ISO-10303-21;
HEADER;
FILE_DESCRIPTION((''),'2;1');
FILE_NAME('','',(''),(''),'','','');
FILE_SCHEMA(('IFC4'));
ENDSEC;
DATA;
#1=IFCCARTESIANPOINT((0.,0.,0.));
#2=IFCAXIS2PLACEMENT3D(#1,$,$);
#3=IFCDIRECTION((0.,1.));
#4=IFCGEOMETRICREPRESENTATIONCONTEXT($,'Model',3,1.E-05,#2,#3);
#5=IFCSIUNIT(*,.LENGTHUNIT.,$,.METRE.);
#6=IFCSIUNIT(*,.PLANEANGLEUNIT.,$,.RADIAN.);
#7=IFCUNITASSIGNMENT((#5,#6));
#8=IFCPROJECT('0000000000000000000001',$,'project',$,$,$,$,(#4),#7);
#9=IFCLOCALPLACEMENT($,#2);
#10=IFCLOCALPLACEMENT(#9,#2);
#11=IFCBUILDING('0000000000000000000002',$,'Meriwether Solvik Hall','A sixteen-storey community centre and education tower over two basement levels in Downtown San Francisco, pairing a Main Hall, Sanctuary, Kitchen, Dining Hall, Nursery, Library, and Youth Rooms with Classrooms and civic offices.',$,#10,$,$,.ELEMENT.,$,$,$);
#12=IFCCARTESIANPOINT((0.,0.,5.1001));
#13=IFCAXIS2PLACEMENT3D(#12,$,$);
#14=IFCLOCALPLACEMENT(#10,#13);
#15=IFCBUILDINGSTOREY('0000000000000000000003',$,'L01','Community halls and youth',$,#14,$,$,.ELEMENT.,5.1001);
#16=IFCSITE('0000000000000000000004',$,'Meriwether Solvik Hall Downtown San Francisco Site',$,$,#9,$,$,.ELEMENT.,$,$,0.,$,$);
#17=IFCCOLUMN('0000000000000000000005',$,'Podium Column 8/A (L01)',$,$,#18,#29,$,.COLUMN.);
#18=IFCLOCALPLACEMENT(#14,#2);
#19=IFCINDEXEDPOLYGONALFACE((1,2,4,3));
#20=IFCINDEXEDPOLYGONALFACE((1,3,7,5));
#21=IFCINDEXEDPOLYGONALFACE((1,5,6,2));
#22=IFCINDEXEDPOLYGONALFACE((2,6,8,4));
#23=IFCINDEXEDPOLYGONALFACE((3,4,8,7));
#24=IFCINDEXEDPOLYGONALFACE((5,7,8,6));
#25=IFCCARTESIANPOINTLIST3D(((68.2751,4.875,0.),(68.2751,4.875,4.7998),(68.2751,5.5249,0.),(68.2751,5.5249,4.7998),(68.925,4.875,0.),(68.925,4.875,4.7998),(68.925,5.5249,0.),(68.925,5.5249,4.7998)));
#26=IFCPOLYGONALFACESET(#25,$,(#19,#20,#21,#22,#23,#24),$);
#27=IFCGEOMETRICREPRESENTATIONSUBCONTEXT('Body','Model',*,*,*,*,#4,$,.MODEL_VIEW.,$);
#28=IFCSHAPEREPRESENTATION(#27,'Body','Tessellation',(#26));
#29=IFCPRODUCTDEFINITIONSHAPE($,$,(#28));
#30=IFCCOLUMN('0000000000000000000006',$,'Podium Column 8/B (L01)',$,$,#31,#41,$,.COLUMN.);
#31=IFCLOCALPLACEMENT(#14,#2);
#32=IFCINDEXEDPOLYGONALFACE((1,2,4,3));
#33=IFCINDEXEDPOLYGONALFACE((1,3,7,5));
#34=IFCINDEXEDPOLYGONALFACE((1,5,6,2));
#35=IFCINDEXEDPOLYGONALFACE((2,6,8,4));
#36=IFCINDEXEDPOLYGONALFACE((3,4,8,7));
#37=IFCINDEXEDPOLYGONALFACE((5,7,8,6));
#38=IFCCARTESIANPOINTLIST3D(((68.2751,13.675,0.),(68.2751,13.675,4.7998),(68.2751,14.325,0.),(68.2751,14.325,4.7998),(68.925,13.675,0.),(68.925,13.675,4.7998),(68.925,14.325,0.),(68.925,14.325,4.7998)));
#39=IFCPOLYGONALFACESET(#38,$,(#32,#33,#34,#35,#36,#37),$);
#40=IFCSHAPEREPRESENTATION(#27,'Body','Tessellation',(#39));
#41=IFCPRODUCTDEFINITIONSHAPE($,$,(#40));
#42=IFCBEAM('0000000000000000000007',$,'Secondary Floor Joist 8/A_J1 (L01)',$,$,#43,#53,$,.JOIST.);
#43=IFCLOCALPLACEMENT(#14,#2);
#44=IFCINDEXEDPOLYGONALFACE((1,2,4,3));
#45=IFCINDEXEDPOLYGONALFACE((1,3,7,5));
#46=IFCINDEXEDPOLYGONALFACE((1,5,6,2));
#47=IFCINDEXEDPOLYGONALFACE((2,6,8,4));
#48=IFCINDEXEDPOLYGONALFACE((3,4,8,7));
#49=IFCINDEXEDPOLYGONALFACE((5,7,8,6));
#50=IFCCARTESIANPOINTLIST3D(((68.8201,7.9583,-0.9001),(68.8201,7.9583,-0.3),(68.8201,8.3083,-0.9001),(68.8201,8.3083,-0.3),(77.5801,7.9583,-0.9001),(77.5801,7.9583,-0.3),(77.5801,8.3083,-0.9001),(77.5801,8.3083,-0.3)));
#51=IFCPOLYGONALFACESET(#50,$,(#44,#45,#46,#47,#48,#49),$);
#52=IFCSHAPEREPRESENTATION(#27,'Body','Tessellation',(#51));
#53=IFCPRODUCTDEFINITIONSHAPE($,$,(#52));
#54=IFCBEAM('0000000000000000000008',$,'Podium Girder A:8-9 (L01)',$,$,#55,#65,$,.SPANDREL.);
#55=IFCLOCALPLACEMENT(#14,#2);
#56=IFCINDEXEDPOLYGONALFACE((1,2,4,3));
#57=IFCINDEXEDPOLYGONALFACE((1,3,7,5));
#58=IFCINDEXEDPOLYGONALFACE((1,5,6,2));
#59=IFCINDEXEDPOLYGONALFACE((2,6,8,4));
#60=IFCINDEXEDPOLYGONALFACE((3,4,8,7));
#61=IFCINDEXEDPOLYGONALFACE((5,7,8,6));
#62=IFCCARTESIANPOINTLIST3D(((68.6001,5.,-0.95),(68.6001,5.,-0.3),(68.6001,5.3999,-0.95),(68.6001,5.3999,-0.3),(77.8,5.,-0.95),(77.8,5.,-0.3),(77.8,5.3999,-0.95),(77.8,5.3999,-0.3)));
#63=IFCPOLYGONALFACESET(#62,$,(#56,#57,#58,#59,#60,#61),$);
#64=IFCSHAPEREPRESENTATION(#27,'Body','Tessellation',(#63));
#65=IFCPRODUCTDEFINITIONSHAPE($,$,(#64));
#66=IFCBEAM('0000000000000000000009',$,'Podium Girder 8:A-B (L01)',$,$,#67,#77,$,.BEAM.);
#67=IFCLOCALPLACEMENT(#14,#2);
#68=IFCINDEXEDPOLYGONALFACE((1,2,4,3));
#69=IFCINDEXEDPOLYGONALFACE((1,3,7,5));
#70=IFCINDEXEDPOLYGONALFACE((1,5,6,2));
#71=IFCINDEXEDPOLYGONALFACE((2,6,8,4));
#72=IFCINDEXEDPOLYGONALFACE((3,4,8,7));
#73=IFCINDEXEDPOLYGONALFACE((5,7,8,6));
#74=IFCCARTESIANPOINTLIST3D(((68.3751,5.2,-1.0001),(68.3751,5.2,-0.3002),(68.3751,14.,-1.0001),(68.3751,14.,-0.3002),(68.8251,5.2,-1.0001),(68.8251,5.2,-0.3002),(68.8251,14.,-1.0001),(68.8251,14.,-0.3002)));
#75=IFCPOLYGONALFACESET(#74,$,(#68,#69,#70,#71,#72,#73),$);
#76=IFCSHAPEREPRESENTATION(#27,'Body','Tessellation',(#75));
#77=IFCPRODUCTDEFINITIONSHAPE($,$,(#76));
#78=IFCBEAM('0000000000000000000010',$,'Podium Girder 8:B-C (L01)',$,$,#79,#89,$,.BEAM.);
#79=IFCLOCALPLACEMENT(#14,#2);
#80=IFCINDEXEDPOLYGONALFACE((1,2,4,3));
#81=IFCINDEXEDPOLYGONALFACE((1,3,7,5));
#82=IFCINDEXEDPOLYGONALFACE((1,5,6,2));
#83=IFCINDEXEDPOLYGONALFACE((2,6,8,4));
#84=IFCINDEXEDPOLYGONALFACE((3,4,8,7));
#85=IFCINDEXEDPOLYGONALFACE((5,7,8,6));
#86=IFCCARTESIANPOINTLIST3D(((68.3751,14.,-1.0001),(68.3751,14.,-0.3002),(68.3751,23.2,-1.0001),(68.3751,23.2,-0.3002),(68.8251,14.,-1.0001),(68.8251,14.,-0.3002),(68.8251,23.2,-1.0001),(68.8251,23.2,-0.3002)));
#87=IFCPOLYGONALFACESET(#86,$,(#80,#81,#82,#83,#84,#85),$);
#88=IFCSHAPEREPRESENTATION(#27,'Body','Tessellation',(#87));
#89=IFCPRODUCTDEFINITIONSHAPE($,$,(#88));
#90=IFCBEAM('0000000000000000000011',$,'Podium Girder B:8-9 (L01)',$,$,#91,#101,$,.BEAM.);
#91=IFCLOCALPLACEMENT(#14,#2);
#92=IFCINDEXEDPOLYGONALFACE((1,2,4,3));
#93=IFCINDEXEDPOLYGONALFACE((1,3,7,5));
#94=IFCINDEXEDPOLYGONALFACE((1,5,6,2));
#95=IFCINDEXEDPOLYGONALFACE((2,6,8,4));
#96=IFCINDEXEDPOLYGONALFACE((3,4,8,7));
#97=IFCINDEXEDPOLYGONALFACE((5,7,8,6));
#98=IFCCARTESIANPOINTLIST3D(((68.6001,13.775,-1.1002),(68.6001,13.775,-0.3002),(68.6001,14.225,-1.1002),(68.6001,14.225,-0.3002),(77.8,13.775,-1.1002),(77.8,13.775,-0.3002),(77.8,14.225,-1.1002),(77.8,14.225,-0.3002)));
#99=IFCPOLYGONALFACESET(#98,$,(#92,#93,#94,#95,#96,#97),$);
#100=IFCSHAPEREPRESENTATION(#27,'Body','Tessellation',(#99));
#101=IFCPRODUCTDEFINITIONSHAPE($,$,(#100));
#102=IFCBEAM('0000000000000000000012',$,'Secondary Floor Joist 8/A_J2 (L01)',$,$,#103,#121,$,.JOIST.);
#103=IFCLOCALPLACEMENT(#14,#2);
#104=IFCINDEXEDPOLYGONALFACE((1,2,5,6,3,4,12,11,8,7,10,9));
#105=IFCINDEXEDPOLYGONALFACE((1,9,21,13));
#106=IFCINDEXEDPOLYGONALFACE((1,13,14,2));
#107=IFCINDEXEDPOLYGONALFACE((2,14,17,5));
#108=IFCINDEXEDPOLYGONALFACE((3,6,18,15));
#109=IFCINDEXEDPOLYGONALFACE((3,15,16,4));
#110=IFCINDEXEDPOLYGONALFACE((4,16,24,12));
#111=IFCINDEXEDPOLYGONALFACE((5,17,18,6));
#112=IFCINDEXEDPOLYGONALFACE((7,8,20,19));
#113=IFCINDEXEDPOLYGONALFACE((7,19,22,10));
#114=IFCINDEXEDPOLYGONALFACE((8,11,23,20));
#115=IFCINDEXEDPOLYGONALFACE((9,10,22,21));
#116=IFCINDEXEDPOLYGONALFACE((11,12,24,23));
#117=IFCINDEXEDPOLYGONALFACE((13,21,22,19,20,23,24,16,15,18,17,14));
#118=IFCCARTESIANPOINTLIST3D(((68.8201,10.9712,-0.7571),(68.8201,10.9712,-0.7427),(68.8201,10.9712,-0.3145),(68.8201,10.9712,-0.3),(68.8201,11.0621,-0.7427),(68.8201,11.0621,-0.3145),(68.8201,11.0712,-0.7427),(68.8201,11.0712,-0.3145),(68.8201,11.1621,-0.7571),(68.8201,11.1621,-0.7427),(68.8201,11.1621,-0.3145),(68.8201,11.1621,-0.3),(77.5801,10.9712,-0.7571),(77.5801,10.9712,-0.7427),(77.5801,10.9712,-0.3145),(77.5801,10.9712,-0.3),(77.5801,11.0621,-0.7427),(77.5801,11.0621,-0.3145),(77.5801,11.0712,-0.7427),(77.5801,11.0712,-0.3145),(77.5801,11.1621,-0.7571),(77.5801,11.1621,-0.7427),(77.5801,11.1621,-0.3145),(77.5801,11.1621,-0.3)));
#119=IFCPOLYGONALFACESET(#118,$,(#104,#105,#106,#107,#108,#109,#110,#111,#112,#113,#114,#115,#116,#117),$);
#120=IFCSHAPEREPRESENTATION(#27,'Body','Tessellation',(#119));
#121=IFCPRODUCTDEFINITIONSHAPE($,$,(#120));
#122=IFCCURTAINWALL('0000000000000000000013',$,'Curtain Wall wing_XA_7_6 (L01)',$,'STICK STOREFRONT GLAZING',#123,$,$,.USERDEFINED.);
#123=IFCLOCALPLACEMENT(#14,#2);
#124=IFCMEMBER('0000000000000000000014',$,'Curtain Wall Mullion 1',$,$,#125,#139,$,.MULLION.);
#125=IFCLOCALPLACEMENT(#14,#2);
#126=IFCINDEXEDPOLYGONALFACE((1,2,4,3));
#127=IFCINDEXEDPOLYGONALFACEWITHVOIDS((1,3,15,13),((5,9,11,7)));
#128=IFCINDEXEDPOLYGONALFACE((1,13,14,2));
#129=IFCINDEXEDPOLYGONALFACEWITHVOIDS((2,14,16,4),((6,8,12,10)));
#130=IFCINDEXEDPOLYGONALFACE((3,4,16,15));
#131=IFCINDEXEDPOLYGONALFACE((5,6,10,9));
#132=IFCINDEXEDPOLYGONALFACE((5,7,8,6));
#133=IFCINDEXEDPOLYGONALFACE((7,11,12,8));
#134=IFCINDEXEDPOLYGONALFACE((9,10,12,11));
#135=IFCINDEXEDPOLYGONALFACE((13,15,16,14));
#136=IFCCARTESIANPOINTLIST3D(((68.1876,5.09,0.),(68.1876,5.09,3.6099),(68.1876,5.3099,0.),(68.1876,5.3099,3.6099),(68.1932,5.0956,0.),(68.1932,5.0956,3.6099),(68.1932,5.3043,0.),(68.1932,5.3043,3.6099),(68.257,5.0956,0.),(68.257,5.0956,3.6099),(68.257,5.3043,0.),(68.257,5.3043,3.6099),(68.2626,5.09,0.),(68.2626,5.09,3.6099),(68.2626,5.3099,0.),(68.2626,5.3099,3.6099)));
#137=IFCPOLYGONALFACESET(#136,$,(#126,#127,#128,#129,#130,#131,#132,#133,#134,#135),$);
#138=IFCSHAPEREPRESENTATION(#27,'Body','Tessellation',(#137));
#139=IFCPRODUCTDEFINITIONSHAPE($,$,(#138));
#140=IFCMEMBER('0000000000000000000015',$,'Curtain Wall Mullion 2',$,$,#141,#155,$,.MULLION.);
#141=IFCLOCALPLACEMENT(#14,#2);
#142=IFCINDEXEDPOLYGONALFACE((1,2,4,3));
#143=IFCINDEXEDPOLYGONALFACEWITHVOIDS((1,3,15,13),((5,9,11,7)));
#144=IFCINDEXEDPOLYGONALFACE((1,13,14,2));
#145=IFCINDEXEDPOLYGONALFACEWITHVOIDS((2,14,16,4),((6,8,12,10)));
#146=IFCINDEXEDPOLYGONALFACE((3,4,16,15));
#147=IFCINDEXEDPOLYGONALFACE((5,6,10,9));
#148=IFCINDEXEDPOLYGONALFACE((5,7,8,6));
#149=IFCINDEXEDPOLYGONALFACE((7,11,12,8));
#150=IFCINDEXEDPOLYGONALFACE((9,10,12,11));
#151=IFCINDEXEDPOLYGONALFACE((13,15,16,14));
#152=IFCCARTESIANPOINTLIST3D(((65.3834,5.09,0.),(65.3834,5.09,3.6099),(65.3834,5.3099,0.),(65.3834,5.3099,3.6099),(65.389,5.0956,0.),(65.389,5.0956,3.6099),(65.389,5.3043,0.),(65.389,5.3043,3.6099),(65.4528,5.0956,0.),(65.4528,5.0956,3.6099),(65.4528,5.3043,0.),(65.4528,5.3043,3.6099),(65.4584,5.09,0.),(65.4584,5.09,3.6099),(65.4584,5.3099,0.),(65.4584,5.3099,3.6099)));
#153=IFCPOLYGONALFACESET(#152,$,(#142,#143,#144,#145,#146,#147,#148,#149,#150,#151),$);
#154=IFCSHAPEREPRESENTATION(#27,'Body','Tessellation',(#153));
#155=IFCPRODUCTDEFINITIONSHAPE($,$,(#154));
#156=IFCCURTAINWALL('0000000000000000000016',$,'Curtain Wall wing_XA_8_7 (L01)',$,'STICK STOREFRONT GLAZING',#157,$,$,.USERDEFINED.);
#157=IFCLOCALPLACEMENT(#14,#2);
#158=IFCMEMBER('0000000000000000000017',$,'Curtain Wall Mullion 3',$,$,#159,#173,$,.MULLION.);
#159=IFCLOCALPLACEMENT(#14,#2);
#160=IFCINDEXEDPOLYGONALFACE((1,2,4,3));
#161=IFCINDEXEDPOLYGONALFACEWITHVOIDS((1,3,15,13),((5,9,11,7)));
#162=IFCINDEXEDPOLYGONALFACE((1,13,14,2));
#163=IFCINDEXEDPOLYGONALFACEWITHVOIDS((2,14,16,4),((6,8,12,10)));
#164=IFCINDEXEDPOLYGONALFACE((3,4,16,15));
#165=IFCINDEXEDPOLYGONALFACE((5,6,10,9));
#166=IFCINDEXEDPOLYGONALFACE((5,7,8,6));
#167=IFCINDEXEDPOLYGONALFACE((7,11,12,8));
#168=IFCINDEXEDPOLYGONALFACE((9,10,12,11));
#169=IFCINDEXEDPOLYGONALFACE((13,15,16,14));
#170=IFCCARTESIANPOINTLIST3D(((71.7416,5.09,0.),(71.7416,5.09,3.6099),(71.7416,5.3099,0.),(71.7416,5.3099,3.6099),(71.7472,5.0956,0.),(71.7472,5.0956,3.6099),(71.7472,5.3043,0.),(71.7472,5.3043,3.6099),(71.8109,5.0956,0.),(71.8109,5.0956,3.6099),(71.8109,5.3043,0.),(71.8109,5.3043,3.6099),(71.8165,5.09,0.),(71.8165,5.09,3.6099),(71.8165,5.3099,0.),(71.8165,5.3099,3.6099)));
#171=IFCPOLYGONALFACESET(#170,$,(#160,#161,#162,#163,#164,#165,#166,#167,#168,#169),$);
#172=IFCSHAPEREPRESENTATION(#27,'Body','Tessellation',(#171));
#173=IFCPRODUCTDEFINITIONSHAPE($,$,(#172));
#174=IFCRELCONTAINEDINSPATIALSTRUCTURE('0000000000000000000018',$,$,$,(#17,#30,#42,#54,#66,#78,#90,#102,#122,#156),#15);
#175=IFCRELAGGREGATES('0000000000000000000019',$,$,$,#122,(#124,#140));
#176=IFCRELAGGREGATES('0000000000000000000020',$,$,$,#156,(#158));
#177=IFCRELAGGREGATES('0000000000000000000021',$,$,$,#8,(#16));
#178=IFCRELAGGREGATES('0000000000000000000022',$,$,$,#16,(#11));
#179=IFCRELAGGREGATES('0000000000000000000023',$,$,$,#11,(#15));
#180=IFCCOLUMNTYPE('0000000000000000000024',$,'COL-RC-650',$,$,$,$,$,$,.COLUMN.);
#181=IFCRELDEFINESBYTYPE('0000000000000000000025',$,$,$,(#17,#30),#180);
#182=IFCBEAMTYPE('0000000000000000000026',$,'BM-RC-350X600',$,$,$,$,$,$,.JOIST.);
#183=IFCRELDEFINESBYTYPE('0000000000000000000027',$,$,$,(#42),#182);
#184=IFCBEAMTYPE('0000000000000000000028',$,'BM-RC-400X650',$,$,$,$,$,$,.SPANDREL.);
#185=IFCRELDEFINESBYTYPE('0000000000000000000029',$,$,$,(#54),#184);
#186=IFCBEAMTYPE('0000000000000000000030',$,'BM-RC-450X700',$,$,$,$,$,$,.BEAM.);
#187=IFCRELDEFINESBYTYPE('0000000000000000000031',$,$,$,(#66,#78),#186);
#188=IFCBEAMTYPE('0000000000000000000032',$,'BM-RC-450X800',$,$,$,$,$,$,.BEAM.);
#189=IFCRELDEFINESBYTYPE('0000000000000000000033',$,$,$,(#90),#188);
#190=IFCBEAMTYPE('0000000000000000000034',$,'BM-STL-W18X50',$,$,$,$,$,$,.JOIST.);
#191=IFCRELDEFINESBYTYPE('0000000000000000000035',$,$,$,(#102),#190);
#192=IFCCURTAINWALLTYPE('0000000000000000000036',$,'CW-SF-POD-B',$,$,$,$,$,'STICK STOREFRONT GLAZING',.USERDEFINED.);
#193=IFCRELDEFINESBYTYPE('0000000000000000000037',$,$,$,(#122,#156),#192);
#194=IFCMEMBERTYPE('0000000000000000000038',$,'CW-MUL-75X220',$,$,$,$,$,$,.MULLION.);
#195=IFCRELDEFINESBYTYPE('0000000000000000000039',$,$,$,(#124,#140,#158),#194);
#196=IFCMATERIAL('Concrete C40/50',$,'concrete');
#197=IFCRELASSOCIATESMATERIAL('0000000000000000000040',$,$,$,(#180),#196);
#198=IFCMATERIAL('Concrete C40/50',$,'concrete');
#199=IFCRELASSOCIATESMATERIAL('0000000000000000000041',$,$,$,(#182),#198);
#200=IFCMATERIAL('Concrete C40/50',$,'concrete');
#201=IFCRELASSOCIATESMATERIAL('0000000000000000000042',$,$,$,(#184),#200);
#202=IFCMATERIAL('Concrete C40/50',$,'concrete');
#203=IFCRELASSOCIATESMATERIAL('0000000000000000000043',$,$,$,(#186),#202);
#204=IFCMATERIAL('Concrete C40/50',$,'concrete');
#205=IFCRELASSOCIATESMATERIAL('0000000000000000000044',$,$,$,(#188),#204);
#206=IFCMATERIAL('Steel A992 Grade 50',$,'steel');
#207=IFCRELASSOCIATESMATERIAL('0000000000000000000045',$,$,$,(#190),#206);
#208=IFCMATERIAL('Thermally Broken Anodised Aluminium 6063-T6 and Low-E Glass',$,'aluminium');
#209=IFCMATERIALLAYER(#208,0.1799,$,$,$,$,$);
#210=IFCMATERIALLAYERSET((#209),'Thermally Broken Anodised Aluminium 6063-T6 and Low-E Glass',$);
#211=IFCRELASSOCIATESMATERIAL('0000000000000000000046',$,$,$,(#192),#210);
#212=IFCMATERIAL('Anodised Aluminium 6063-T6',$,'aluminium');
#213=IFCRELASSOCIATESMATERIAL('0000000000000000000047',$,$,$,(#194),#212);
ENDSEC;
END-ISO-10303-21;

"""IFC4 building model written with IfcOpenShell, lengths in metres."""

from ifc_helpers import new_model, si_unit, direction, frame, origin, origin_2d, place, context, subcontext, project, spatial, rectangle, hollow_rectangle, i_section, extrude, material, layer, layer_set, material_profile, profile_set, type_object, element, aggregate, save


model = new_model("IFC4")

# Units and contexts
model_context = context("Model", 3, precision=1e-05, world=origin(), true_north=direction((0.0, 1.0)))
body_context = subcontext(model_context, "Body", "Model", "MODEL_VIEW")
ifc_project = project(units=[si_unit("LENGTHUNIT", "METRE"), si_unit("PLANEANGLEUNIT", "RADIAN")], contexts=[model_context])

# Site, building, storey
site_placement = place(None, origin())
site = spatial("IfcSite", under=ifc_project, at=site_placement, Name="Meriwether Solvik Hall Downtown San Francisco Site", CompositionType="ELEMENT", RefElevation=0.0)
building_placement = place(site_placement, origin())
building = spatial("IfcBuilding", under=site, at=building_placement, Name="Meriwether Solvik Hall", Description="A sixteen-storey community centre and education tower over two basement levels in Downtown San Francisco, pairing a Main Hall, Sanctuary, Kitchen, Dining Hall, Nursery, Library, and Youth Rooms with Classrooms and civic offices.", CompositionType="ELEMENT")
storey_placement = place(building_placement, frame((0.0, 0.0, 5.1001)))
storey = spatial("IfcBuildingStorey", under=building, at=storey_placement, Name="L01", Description="Community halls and youth", CompositionType="ELEMENT", Elevation=5.1001)

# Columns
ifc_material_1 = material(Name="Concrete C40/50", Category="concrete")
ifc_material_profile_1 = material_profile(ifc_material_1, rectangle(XDim=0.6499, YDim=0.6499, at=origin_2d()), Name="RCC-650X650")
ifc_profile_set_1 = profile_set([ifc_material_profile_1], Name="Concrete C40/50")
column_type = type_object("IfcColumnType", Name="COL-RC-650", PredefinedType="COLUMN", material=ifc_profile_set_1)
for number, where, z_axis, x_axis, name in (
    (1, (68.6001, 5.2, 0.0), (0.0, 0.0, 1.0), (1.0, 0.0, 0.0), "Podium Column 8/A (L01)"),
    (2, (68.6001, 14.0, 0.0), (0.0, 0.0, 1.0), (1.0, 0.0, 0.0), "Podium Column 8/B (L01)"),
):
    element("IfcColumn", number, at=place(storey_placement, frame(where, z_axis=z_axis, x_axis=x_axis)), inside=storey, type_object=column_type, Name=name, PredefinedType="COLUMN", context=body_context, shape_type="SweptSolid", body=[
        extrude(rectangle(XDim=0.6499, YDim=0.6499, at=origin_2d()), origin(), (0.0, 0.0, 1.0), 4.7998),
    ])

# Beams
ifc_material_2 = material(Name="Concrete C40/50", Category="concrete")
ifc_material_profile_2 = material_profile(ifc_material_2, rectangle(XDim=0.3501, YDim=0.6001, at=origin_2d()), Name="RCB-350X600")
ifc_profile_set_2 = profile_set([ifc_material_profile_2], Name="Concrete C40/50")
beam_type_1 = type_object("IfcBeamType", Name="BM-RC-350X600", PredefinedType="JOIST", material=ifc_profile_set_2)
beam_1_placement = place(storey_placement, frame((68.8201, 8.1333, -0.6001), z_axis=(1.0, 0.0, 0.0), x_axis=(0.0, 1.0, 0.0)))
element("IfcBeam", 3, at=beam_1_placement, inside=storey, type_object=beam_type_1, Name="Secondary Floor Joist 8/A_J1 (L01)", PredefinedType="JOIST", context=body_context, shape_type="SweptSolid", body=[
    extrude(rectangle(XDim=0.3501, YDim=0.6001, at=origin_2d()), origin(), (0.0, 0.0, 1.0), 8.76),
])
ifc_material_3 = material(Name="Concrete C40/50", Category="concrete")
ifc_material_profile_3 = material_profile(ifc_material_3, rectangle(XDim=0.3999, YDim=0.6499, at=origin_2d()), Name="RCB-400X650")
ifc_profile_set_3 = profile_set([ifc_material_profile_3], Name="Concrete C40/50")
beam_type_2 = type_object("IfcBeamType", Name="BM-RC-400X650", PredefinedType="SPANDREL", material=ifc_profile_set_3)
beam_2_placement = place(storey_placement, frame((68.6001, 5.2, -0.625), z_axis=(1.0, 0.0, 0.0), x_axis=(0.0, 1.0, 0.0)))
element("IfcBeam", 4, at=beam_2_placement, inside=storey, type_object=beam_type_2, Name="Podium Girder A:8-9 (L01)", PredefinedType="SPANDREL", context=body_context, shape_type="SweptSolid", body=[
    extrude(rectangle(XDim=0.3999, YDim=0.6499, at=origin_2d()), origin(), (0.0, 0.0, 1.0), 9.2),
])
ifc_material_4 = material(Name="Concrete C40/50", Category="concrete")
ifc_material_profile_4 = material_profile(ifc_material_4, rectangle(XDim=0.45, YDim=0.7, at=origin_2d()), Name="RCB-450X700")
ifc_profile_set_4 = profile_set([ifc_material_profile_4], Name="Concrete C40/50")
beam_type_3 = type_object("IfcBeamType", Name="BM-RC-450X700", PredefinedType="BEAM", material=ifc_profile_set_4)
beam_3_placement = place(storey_placement, frame((68.6001, 5.2, -0.6501), z_axis=(0.0, 1.0, 0.0), x_axis=(-1.0, 0.0, 0.0)))
element("IfcBeam", 5, at=beam_3_placement, inside=storey, type_object=beam_type_3, Name="Podium Girder 8:A-B (L01)", PredefinedType="BEAM", context=body_context, shape_type="SweptSolid", body=[
    extrude(rectangle(XDim=0.45, YDim=0.7, at=origin_2d()), origin(), (0.0, 0.0, 1.0), 8.8),
])
beam_4_placement = place(storey_placement, frame((68.6001, 14.0, -0.6501), z_axis=(0.0, 1.0, 0.0), x_axis=(-1.0, 0.0, 0.0)))
element("IfcBeam", 6, at=beam_4_placement, inside=storey, type_object=beam_type_3, Name="Podium Girder 8:B-C (L01)", PredefinedType="BEAM", context=body_context, shape_type="SweptSolid", body=[
    extrude(rectangle(XDim=0.45, YDim=0.7, at=origin_2d()), origin(), (0.0, 0.0, 1.0), 9.2),
])
ifc_material_5 = material(Name="Concrete C40/50", Category="concrete")
ifc_material_profile_5 = material_profile(ifc_material_5, rectangle(XDim=0.45, YDim=0.8, at=origin_2d()), Name="RCB-450X800")
ifc_profile_set_5 = profile_set([ifc_material_profile_5], Name="Concrete C40/50")
beam_type_4 = type_object("IfcBeamType", Name="BM-RC-450X800", PredefinedType="BEAM", material=ifc_profile_set_5)
beam_5_placement = place(storey_placement, frame((68.6001, 14.0, -0.7002), z_axis=(1.0, 0.0, 0.0), x_axis=(0.0, 1.0, 0.0)))
element("IfcBeam", 7, at=beam_5_placement, inside=storey, type_object=beam_type_4, Name="Podium Girder B:8-9 (L01)", PredefinedType="BEAM", context=body_context, shape_type="SweptSolid", body=[
    extrude(rectangle(XDim=0.45, YDim=0.8, at=origin_2d()), origin(), (0.0, 0.0, 1.0), 9.2),
])
ifc_material_6 = material(Name="Steel A992 Grade 50", Category="steel")
ifc_material_profile_6 = material_profile(ifc_material_6, i_section(OverallWidth=0.1909, OverallDepth=0.457, WebThickness=0.009, FlangeThickness=0.0144, at=origin_2d()), Name="W18X50")
ifc_profile_set_6 = profile_set([ifc_material_profile_6], Name="Steel A992 Grade 50")
beam_type_5 = type_object("IfcBeamType", Name="BM-STL-W18X50", PredefinedType="JOIST", material=ifc_profile_set_6)
beam_6_placement = place(storey_placement, frame((68.8201, 11.0667, -0.5286), z_axis=(1.0, 0.0, 0.0), x_axis=(0.0, 1.0, 0.0)))
element("IfcBeam", 8, at=beam_6_placement, inside=storey, type_object=beam_type_5, Name="Secondary Floor Joist 8/A_J2 (L01)", PredefinedType="JOIST", context=body_context, shape_type="SweptSolid", body=[
    extrude(i_section(OverallWidth=0.1909, OverallDepth=0.457, WebThickness=0.009, FlangeThickness=0.0144, at=origin_2d()), origin(), (0.0, 0.0, 1.0), 8.76),
])

# Curtain walls, members
ifc_material_7 = material(Name="Thermally Broken Anodised Aluminium 6063-T6 and Low-E Glass", Category="aluminium")
ifc_layer_1 = layer(ifc_material_7, 0.1799)
ifc_layer_set_1 = layer_set([ifc_layer_1], Name="Thermally Broken Anodised Aluminium 6063-T6 and Low-E Glass")
curtain_wall_type = type_object("IfcCurtainWallType", Name="CW-SF-POD-B", ElementType="STICK STOREFRONT GLAZING", PredefinedType="USERDEFINED", material=ifc_layer_set_1)
curtain_wall_1_placement = place(storey_placement, origin())
curtain_wall_1 = element("IfcCurtainWall", 9, at=curtain_wall_1_placement, inside=storey, type_object=curtain_wall_type, Name="Curtain Wall wing_XA_7_6 (L01)", ObjectType="STICK STOREFRONT GLAZING", PredefinedType="USERDEFINED")
ifc_material_8 = material(Name="Anodised Aluminium 6063-T6", Category="aluminium")
ifc_material_profile_7 = material_profile(ifc_material_8, hollow_rectangle(XDim=0.075, YDim=0.22, WallThickness=0.0056, at=origin_2d()), Name="CWM-75X220")
ifc_profile_set_7 = profile_set([ifc_material_profile_7], Name="Anodised Aluminium 6063-T6")
member_type_1 = type_object("IfcMemberType", Name="CW-MUL-75X220", PredefinedType="MULLION", material=ifc_profile_set_7)
member_1_placement = place(storey_placement, frame((68.2251, 5.2, 0.0), z_axis=(0.0, 0.0, 1.0), x_axis=(-1.0, 0.0, 0.0)))
member_1 = element("IfcMember", 10, at=member_1_placement, type_object=member_type_1, Name="Curtain Wall Mullion 1", PredefinedType="MULLION", context=body_context, shape_type="SweptSolid", body=[
    extrude(hollow_rectangle(XDim=0.075, YDim=0.22, WallThickness=0.0056, at=origin_2d()), origin(), (0.0, 0.0, 1.0), 3.6099),
])
member_2_placement = place(storey_placement, frame((65.4209, 5.2, 0.0), z_axis=(0.0, 0.0, 1.0), x_axis=(-1.0, 0.0, 0.0)))
member_2 = element("IfcMember", 11, at=member_2_placement, type_object=member_type_1, Name="Curtain Wall Mullion 2", PredefinedType="MULLION", context=body_context, shape_type="SweptSolid", body=[
    extrude(hollow_rectangle(XDim=0.075, YDim=0.22, WallThickness=0.0056, at=origin_2d()), origin(), (0.0, 0.0, 1.0), 3.6099),
])
curtain_wall_2_placement = place(storey_placement, origin())
curtain_wall_2 = element("IfcCurtainWall", 12, at=curtain_wall_2_placement, inside=storey, type_object=curtain_wall_type, Name="Curtain Wall wing_XA_8_7 (L01)", ObjectType="STICK STOREFRONT GLAZING", PredefinedType="USERDEFINED")
member_3_placement = place(storey_placement, frame((71.7791, 5.2, 0.0), z_axis=(0.0, 0.0, 1.0), x_axis=(-1.0, 0.0, 0.0)))
member_3 = element("IfcMember", 13, at=member_3_placement, type_object=member_type_1, Name="Curtain Wall Mullion 3", PredefinedType="MULLION", context=body_context, shape_type="SweptSolid", body=[
    extrude(hollow_rectangle(XDim=0.075, YDim=0.22, WallThickness=0.0056, at=origin_2d()), origin(), (0.0, 0.0, 1.0), 3.6099),
])

aggregate(curtain_wall_1, [member_1, member_2])
aggregate(curtain_wall_2, [member_3])

save(model, "model.ifc")
